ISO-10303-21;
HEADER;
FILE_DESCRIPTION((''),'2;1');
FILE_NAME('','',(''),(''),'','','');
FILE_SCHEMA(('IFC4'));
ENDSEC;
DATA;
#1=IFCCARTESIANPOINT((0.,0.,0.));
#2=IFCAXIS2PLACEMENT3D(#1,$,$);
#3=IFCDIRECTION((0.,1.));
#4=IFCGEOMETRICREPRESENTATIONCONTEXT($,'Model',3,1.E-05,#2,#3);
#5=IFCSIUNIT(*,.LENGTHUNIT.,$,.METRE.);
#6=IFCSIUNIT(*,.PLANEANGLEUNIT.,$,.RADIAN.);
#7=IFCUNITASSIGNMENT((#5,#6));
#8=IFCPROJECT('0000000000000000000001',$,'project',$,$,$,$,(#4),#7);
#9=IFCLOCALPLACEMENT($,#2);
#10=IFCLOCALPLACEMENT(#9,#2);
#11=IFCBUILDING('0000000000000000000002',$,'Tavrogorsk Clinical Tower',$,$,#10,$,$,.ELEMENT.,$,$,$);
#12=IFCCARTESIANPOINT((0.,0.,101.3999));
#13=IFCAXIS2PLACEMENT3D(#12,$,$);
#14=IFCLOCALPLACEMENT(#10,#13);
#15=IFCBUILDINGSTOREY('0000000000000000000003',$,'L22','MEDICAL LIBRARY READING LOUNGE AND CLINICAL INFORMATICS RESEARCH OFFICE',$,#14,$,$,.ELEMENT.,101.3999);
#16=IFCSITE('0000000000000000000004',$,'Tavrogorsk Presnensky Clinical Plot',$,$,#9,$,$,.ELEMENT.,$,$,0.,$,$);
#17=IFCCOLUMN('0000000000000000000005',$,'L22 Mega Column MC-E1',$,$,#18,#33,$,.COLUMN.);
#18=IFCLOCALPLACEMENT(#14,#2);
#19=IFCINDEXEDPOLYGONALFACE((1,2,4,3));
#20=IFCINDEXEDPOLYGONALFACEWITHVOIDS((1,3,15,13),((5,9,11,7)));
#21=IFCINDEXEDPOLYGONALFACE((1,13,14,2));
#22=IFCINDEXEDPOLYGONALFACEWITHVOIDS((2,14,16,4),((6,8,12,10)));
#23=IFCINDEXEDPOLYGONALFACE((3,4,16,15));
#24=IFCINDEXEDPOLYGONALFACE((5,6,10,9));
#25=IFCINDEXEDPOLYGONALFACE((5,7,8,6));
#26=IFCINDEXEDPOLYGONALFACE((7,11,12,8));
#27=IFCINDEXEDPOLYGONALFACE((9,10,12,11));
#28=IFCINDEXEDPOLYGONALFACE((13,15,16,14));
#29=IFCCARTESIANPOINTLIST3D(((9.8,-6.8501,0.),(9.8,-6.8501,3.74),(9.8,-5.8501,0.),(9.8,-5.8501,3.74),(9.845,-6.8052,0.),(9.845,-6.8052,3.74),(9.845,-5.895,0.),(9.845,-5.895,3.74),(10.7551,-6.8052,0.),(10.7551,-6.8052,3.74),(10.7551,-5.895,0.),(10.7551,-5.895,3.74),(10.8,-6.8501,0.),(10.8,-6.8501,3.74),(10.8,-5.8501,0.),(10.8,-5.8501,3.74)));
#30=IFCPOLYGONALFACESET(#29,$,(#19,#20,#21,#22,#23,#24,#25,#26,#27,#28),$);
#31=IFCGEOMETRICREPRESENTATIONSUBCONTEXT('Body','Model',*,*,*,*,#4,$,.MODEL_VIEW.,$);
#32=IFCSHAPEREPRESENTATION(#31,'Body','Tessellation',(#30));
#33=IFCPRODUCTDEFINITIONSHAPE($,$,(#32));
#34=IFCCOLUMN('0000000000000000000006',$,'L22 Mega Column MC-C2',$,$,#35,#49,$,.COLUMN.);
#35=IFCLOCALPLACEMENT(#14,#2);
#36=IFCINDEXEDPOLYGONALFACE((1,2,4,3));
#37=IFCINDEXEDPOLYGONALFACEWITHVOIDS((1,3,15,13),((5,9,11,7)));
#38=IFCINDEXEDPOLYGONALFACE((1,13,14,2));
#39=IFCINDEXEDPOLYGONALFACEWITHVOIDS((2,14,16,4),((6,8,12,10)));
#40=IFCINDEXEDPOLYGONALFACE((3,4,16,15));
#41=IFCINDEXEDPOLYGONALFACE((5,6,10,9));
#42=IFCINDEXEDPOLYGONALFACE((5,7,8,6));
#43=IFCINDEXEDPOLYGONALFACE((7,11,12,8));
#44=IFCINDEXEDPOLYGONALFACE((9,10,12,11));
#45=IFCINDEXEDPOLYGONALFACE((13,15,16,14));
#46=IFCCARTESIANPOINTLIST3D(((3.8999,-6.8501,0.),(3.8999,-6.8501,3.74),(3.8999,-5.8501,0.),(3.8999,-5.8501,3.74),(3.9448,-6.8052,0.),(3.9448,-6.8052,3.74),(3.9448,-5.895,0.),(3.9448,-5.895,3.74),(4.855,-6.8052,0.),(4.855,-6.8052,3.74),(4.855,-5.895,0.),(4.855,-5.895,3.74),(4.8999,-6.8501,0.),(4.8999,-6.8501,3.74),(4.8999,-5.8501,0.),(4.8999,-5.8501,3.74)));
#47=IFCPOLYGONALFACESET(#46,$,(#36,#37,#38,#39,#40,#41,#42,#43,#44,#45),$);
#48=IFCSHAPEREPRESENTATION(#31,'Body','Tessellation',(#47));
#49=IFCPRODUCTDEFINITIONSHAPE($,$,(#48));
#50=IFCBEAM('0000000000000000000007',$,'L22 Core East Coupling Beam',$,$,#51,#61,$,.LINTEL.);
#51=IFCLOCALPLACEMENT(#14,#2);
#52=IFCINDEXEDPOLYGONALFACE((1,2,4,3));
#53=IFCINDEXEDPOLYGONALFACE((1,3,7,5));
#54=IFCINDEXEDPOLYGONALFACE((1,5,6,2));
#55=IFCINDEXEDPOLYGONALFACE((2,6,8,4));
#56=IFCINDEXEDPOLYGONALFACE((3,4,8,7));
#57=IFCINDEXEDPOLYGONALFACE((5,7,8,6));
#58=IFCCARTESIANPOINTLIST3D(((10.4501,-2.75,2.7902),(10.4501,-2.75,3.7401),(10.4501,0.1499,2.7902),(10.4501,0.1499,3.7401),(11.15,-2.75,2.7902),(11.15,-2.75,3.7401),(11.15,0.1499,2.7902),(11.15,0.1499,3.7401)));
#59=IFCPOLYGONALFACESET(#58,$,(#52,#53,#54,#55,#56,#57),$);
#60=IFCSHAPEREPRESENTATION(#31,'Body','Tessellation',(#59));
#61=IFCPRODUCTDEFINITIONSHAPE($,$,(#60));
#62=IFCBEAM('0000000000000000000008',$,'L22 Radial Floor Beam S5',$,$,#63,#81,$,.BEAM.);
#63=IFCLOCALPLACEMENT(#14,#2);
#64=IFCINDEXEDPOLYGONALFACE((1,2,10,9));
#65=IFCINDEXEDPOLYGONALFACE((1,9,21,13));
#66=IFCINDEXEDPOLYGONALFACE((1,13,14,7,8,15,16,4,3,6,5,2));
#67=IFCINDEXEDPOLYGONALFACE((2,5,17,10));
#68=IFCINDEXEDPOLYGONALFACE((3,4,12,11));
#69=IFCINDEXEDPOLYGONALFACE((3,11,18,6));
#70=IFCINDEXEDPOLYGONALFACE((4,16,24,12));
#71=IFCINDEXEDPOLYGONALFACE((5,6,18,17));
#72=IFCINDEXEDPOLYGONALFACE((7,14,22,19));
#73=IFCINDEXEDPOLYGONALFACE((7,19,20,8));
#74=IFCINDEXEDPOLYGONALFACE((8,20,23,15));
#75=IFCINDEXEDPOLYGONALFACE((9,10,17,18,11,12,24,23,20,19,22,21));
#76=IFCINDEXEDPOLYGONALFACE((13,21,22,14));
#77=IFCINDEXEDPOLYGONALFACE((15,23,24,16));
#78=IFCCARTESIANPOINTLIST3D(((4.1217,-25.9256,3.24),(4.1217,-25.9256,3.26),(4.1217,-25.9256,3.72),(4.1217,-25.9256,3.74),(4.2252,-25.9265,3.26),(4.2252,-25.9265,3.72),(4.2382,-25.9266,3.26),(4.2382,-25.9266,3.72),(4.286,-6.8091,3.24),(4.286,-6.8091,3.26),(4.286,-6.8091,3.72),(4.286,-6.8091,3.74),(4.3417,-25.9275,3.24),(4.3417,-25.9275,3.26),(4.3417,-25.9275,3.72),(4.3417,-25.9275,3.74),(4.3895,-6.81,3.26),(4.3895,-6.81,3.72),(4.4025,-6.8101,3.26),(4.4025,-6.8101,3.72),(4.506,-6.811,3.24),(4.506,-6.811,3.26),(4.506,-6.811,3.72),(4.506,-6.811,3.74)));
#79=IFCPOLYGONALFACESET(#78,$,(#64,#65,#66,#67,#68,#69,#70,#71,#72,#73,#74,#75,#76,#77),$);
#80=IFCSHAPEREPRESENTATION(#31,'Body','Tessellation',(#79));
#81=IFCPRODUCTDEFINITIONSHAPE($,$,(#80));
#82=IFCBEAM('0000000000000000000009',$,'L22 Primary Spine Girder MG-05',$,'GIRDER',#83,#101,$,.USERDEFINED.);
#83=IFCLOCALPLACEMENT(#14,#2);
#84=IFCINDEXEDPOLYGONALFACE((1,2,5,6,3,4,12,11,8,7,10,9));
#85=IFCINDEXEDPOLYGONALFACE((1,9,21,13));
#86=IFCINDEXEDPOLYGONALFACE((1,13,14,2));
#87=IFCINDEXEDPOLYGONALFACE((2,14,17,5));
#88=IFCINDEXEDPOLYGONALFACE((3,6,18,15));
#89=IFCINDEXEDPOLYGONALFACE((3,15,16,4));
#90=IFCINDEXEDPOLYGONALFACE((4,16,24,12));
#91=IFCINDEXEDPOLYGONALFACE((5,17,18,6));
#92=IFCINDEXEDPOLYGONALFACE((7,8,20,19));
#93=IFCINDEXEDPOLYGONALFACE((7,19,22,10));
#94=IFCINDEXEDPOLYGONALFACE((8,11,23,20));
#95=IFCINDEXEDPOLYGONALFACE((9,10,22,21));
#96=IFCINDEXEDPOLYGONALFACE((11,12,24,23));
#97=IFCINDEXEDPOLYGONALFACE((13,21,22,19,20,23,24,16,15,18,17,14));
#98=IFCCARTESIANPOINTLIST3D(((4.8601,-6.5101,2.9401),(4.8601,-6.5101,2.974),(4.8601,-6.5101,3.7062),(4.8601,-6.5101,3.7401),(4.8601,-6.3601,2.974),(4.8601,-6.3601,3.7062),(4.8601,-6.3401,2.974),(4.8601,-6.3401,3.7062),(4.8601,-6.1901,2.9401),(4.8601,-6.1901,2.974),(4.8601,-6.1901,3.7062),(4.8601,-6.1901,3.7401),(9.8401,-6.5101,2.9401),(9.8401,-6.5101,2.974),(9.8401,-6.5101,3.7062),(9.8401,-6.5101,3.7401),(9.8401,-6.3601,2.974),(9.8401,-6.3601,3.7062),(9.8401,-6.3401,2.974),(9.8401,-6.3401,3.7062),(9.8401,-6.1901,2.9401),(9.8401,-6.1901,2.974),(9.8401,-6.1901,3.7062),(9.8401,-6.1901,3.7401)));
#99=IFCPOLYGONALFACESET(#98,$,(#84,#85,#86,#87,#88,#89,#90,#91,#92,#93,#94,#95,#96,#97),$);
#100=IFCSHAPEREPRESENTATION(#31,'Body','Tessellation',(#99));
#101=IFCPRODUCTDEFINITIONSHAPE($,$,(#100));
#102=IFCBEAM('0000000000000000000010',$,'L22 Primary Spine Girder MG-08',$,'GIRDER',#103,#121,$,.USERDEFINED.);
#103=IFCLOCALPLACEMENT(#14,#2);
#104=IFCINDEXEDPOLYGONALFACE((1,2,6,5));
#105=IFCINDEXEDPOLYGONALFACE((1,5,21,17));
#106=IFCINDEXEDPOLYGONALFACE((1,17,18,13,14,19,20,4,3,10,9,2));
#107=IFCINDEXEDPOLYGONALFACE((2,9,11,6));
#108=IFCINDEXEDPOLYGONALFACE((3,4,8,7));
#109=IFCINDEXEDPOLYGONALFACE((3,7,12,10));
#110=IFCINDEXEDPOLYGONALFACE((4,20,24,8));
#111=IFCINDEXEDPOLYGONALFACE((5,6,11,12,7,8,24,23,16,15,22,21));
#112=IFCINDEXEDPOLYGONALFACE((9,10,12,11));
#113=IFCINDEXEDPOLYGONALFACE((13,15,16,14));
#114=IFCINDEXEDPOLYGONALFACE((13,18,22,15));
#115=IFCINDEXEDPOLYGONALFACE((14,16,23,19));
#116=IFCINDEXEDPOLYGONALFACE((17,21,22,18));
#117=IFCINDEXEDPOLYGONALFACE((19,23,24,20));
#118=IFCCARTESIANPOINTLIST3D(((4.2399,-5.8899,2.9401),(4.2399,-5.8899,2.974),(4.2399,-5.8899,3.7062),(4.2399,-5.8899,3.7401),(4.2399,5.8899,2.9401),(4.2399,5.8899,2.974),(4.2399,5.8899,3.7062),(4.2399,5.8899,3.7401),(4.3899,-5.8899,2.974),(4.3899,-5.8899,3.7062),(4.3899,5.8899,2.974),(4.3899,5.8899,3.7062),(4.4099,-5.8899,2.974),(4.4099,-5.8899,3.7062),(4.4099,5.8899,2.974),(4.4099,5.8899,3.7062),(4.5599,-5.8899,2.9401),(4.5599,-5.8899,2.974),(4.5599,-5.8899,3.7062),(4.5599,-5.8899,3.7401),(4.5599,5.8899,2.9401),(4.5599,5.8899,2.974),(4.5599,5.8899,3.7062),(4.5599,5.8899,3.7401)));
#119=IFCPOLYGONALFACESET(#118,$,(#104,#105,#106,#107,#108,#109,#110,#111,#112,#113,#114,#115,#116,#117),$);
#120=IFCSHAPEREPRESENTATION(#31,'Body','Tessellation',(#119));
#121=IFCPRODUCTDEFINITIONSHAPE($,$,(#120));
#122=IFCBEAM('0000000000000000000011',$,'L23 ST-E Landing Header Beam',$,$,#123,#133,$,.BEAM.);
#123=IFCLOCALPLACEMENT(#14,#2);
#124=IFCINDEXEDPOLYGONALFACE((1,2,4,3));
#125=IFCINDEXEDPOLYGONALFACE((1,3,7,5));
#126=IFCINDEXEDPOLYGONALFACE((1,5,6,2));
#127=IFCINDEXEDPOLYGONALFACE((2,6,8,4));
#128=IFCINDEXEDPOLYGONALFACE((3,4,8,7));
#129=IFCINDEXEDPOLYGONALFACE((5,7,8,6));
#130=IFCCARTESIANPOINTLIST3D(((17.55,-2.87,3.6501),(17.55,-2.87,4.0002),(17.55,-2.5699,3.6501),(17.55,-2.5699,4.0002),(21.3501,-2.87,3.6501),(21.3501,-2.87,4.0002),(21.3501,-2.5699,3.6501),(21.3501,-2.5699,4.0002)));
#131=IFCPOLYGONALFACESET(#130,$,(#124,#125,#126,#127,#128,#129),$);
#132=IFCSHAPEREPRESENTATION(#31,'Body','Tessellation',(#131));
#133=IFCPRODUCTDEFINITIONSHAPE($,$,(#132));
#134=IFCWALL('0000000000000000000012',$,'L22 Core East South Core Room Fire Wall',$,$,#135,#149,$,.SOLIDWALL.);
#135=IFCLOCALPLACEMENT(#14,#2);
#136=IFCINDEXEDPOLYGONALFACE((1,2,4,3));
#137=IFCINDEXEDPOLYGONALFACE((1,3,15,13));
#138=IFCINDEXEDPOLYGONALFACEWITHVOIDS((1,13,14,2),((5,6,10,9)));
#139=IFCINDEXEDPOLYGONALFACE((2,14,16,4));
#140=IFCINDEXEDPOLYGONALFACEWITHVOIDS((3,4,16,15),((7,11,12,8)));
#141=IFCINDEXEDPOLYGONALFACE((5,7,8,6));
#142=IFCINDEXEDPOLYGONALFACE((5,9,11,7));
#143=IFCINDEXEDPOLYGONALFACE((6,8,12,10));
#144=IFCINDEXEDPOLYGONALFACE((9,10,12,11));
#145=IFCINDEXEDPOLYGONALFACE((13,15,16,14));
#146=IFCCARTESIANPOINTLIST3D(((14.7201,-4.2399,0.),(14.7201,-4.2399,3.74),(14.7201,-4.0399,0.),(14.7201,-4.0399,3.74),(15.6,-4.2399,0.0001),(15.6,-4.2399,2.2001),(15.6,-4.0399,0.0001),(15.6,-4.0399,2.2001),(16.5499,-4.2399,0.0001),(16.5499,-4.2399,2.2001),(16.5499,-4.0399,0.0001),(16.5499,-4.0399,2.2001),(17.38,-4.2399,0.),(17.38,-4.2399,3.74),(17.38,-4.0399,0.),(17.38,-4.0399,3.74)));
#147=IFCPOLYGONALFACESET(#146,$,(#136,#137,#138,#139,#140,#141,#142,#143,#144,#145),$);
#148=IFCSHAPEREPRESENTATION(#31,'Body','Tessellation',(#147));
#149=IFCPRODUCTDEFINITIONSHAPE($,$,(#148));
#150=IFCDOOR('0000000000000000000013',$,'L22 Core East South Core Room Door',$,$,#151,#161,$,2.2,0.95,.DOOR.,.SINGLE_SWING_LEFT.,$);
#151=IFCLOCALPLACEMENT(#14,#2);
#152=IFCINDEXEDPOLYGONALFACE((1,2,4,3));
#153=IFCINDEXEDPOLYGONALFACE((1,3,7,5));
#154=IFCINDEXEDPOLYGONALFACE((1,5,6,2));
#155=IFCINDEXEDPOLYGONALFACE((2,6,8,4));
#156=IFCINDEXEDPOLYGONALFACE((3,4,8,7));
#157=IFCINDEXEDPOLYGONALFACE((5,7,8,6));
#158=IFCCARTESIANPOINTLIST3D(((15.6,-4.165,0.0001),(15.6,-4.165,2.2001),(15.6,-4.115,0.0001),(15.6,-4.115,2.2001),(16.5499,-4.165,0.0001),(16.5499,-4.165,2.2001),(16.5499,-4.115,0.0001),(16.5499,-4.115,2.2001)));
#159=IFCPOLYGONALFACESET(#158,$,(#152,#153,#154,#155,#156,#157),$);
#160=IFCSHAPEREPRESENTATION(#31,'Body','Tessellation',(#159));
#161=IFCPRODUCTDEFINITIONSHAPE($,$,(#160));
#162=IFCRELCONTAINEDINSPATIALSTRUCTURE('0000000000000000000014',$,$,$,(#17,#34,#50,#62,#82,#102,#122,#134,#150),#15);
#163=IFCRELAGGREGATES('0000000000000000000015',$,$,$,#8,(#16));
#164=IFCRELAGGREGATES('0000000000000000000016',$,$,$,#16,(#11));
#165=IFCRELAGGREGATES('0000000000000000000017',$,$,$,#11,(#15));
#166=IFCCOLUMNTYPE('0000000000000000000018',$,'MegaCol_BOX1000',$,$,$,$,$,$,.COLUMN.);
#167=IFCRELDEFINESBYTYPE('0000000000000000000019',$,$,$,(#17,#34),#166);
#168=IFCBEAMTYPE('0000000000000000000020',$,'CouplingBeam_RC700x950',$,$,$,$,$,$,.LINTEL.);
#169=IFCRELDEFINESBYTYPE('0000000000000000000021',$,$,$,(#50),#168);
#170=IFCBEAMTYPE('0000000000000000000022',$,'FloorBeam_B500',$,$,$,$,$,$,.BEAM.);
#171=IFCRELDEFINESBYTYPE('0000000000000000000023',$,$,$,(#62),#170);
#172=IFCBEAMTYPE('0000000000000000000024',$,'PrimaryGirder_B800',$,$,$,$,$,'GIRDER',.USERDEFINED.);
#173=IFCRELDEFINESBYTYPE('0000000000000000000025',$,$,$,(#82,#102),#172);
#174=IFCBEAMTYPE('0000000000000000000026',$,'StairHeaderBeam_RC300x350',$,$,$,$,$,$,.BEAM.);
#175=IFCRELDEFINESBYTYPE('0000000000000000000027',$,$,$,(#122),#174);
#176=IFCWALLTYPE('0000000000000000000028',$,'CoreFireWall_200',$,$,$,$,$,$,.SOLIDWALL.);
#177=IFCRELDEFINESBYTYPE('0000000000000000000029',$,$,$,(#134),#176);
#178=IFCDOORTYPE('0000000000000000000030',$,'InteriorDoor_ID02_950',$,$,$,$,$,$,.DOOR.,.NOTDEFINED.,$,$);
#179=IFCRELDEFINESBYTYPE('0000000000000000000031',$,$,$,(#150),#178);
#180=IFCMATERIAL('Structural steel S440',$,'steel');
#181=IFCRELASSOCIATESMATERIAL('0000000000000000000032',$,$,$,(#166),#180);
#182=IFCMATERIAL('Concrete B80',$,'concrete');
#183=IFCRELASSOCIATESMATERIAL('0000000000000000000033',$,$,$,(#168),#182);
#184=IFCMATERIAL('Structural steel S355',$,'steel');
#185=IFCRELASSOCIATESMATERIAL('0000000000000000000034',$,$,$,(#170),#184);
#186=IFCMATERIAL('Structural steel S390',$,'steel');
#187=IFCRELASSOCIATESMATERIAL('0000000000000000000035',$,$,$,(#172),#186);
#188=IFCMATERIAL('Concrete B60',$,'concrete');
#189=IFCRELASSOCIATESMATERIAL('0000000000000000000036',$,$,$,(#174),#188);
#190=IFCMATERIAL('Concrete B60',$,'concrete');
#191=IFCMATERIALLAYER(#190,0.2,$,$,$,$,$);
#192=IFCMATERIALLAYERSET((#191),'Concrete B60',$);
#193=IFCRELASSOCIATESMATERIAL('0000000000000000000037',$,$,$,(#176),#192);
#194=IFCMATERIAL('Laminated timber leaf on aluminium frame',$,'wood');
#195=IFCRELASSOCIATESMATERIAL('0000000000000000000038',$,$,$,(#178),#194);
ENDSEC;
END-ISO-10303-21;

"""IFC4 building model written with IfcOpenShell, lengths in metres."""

from ifc_helpers import new_model, si_unit, direction, frame, frame_2d, origin, origin_2d, place, context, subcontext, project, spatial, rectangle, hollow_rectangle, i_section, extrude, material, layer, layer_set, material_profile, profile_set, type_object, element, fill, save


model = new_model("IFC4")

# Units and contexts
model_context = context("Model", 3, precision=1e-05, world=origin(), true_north=direction((0.0, 1.0)))
body_context = subcontext(model_context, "Body", "Model", "MODEL_VIEW")
ifc_project = project(units=[si_unit("LENGTHUNIT", "METRE"), si_unit("PLANEANGLEUNIT", "RADIAN")], contexts=[model_context])

# Site, building, storey
site_placement = place(None, origin())
site = spatial("IfcSite", under=ifc_project, at=site_placement, Name="Tavrogorsk Presnensky Clinical Plot", CompositionType="ELEMENT", RefElevation=0.0)
building_placement = place(site_placement, origin())
building = spatial("IfcBuilding", under=site, at=building_placement, Name="Tavrogorsk Clinical Tower", CompositionType="ELEMENT")
storey_placement = place(building_placement, frame((0.0, 0.0, 101.3999)))
storey = spatial("IfcBuildingStorey", under=building, at=storey_placement, Name="L22", Description="MEDICAL LIBRARY READING LOUNGE AND CLINICAL INFORMATICS RESEARCH OFFICE", CompositionType="ELEMENT", Elevation=101.3999)

# Columns
ifc_material_1 = material(Name="Structural steel S440", Category="steel")
ifc_material_profile_1 = material_profile(ifc_material_1, hollow_rectangle(XDim=1.0, YDim=1.0, WallThickness=0.0449, at=origin_2d()), Name="BOX-1000x1000x45")
ifc_profile_set_1 = profile_set([ifc_material_profile_1], Name="Structural steel S440")
column_type = type_object("IfcColumnType", Name="MegaCol_BOX1000", PredefinedType="COLUMN", material=ifc_profile_set_1)
for number, where, z_axis, x_axis, name in (
    (1, (10.3, -6.3501, 0.0), (0.0, 0.0, 1.0), (1.0, 0.0, 0.0), "L22 Mega Column MC-E1"),
    (2, (4.3999, -6.3501, 0.0), (0.0, 0.0, 1.0), (1.0, 0.0, 0.0), "L22 Mega Column MC-C2"),
):
    element("IfcColumn", number, at=place(storey_placement, frame(where, z_axis=z_axis, x_axis=x_axis)), inside=storey, type_object=column_type, Name=name, PredefinedType="COLUMN", context=body_context, shape_type="SweptSolid", body=[
        extrude(hollow_rectangle(XDim=1.0, YDim=1.0, WallThickness=0.0449, at=origin_2d()), origin(), (0.0, 0.0, 1.0), 3.74),
    ])

# Beams
ifc_material_2 = material(Name="Concrete B80", Category="concrete")
ifc_material_profile_2 = material_profile(ifc_material_2, rectangle(XDim=0.7, YDim=0.95, at=origin_2d()), Name="RC-CB-700x950")
ifc_profile_set_2 = profile_set([ifc_material_profile_2], Name="Concrete B80")
beam_type_1 = type_object("IfcBeamType", Name="CouplingBeam_RC700x950", PredefinedType="LINTEL", material=ifc_profile_set_2)
beam_1_placement = place(storey_placement, frame((10.8, -2.75, 3.2651), z_axis=(0.0, 1.0, 0.0), x_axis=(-1.0, 0.0, 0.0)))
element("IfcBeam", 3, at=beam_1_placement, inside=storey, type_object=beam_type_1, Name="L22 Core East Coupling Beam", PredefinedType="LINTEL", context=body_context, shape_type="SweptSolid", body=[
    extrude(rectangle(XDim=0.7, YDim=0.95, at=origin_2d()), origin(), (0.0, 0.0, 1.0), 2.8999),
])
ifc_material_3 = material(Name="Structural steel S355", Category="steel")
ifc_material_profile_3 = material_profile(ifc_material_3, i_section(OverallWidth=0.22, OverallDepth=0.5, WebThickness=0.0129, FlangeThickness=0.02, at=origin_2d()), Name="B-500x220x13x20")
ifc_profile_set_3 = profile_set([ifc_material_profile_3], Name="Structural steel S355")
beam_type_2 = type_object("IfcBeamType", Name="FloorBeam_B500", PredefinedType="BEAM", material=ifc_profile_set_3)
beam_2_placement = place(storey_placement, frame((4.396, -6.8101, 3.49), z_axis=(-0.008595, -0.999963, 0.0), x_axis=(0.999963, -0.008595, 0.0)))
element("IfcBeam", 4, at=beam_2_placement, inside=storey, type_object=beam_type_2, Name="L22 Radial Floor Beam S5", PredefinedType="BEAM", context=body_context, shape_type="SweptSolid", body=[
    extrude(i_section(OverallWidth=0.22, OverallDepth=0.5, WebThickness=0.0129, FlangeThickness=0.02, at=origin_2d()), origin(), (0.0, 0.0, 1.0), 19.1172),
])
ifc_material_4 = material(Name="Structural steel S390", Category="steel")
ifc_material_profile_4 = material_profile(ifc_material_4, i_section(OverallWidth=0.3201, OverallDepth=0.8, WebThickness=0.02, FlangeThickness=0.0339, at=origin_2d()), Name="B-800x320x20x34")
ifc_profile_set_4 = profile_set([ifc_material_profile_4], Name="Structural steel S390")
beam_type_3 = type_object("IfcBeamType", Name="PrimaryGirder_B800", ElementType="GIRDER", PredefinedType="USERDEFINED", material=ifc_profile_set_4)
beam_3_placement = place(storey_placement, frame((4.8601, -6.3501, 3.3401), z_axis=(1.0, 0.0, 0.0), x_axis=(0.0, 1.0, 0.0)))
element("IfcBeam", 5, at=beam_3_placement, inside=storey, type_object=beam_type_3, Name="L22 Primary Spine Girder MG-05", ObjectType="GIRDER", PredefinedType="USERDEFINED", context=body_context, shape_type="SweptSolid", body=[
    extrude(i_section(OverallWidth=0.3201, OverallDepth=0.8, WebThickness=0.02, FlangeThickness=0.0339, at=origin_2d()), origin(), (0.0, 0.0, 1.0), 4.98),
])
beam_4_placement = place(storey_placement, frame((4.3999, -5.8899, 3.3401), z_axis=(0.0, 1.0, 0.0), x_axis=(-1.0, 0.0, 0.0)))
element("IfcBeam", 6, at=beam_4_placement, inside=storey, type_object=beam_type_3, Name="L22 Primary Spine Girder MG-08", ObjectType="GIRDER", PredefinedType="USERDEFINED", context=body_context, shape_type="SweptSolid", body=[
    extrude(i_section(OverallWidth=0.3201, OverallDepth=0.8, WebThickness=0.02, FlangeThickness=0.0339, at=origin_2d()), origin(), (0.0, 0.0, 1.0), 11.7798),
])
ifc_material_5 = material(Name="Concrete B60", Category="concrete")
ifc_material_profile_5 = material_profile(ifc_material_5, rectangle(XDim=0.3, YDim=0.3501, at=origin_2d()), Name="RC-SHB-300x350")
ifc_profile_set_5 = profile_set([ifc_material_profile_5], Name="Concrete B60")
beam_type_4 = type_object("IfcBeamType", Name="StairHeaderBeam_RC300x350", PredefinedType="BEAM", material=ifc_profile_set_5)
beam_5_placement = place(storey_placement, frame((17.55, -2.72, 3.8252), z_axis=(1.0, 0.0, 0.0), x_axis=(0.0, 1.0, 0.0)))
element("IfcBeam", 7, at=beam_5_placement, inside=storey, type_object=beam_type_4, Name="L23 ST-E Landing Header Beam", PredefinedType="BEAM", context=body_context, shape_type="SweptSolid", body=[
    extrude(rectangle(XDim=0.3, YDim=0.3501, at=origin_2d()), origin(), (0.0, 0.0, 1.0), 3.8),
])

# Wall, opening, door
ifc_material_6 = material(Name="Concrete B60", Category="concrete")
ifc_layer_1 = layer(ifc_material_6, 0.2)
ifc_layer_set_1 = layer_set([ifc_layer_1], Name="Concrete B60")
wall_type_1 = type_object("IfcWallType", Name="CoreFireWall_200", PredefinedType="SOLIDWALL", material=ifc_layer_set_1)
wall_1_placement = place(storey_placement, frame((14.72, -4.1399, 0.0), z_axis=(0.0, 0.0, 1.0), x_axis=(1.0, 0.0, 0.0)))
wall_1 = element("IfcWall", 8, at=wall_1_placement, inside=storey, type_object=wall_type_1, Name="L22 Core East South Core Room Fire Wall", PredefinedType="SOLIDWALL", context=body_context, shape_type="SweptSolid", body=[
    extrude(rectangle(XDim=2.6599, YDim=0.2, at=frame_2d((1.3301, 0.0))), origin(), (0.0, 0.0, 1.0), 3.74),
])
opening_1_placement = place(wall_1_placement, frame((0.8799, 0.0, 0.0)))
opening_1 = element("IfcOpeningElement", 9, at=opening_1_placement, cuts=wall_1, PredefinedType="OPENING", context=body_context, shape_type="SweptSolid", body=[
    extrude(rectangle(XDim=0.95, YDim=2.2, at=frame_2d((0.4751, 1.1001))), frame((0.0, 0.1099, 0.0), z_axis=(0.0, -1.0, 0.0), x_axis=(1.0, 0.0, 0.0)), (0.0, 0.0, 1.0), 0.22),
])
ifc_material_7 = material(Name="Laminated timber leaf on aluminium frame", Category="wood")
door_type_1 = type_object("IfcDoorType", Name="InteriorDoor_ID02_950", OperationType="NOTDEFINED", PredefinedType="DOOR", material=ifc_material_7)
door_1_placement = place(opening_1_placement, origin())
door_1 = element("IfcDoor", 10, at=door_1_placement, inside=storey, type_object=door_type_1, Name="L22 Core East South Core Room Door", OperationType="SINGLE_SWING_LEFT", OverallHeight=2.2, OverallWidth=0.95, PredefinedType="DOOR", context=body_context, shape_type="SweptSolid", body=[
    extrude(rectangle(XDim=0.95, YDim=2.2, at=frame_2d((0.4751, 1.1001))), frame((0.0, 0.0249, 0.0), z_axis=(0.0, -1.0, 0.0), x_axis=(1.0, 0.0, 0.0)), (0.0, 0.0, 1.0), 0.05),
])
fill(opening_1, door_1)

save(model, "model.ifc")
